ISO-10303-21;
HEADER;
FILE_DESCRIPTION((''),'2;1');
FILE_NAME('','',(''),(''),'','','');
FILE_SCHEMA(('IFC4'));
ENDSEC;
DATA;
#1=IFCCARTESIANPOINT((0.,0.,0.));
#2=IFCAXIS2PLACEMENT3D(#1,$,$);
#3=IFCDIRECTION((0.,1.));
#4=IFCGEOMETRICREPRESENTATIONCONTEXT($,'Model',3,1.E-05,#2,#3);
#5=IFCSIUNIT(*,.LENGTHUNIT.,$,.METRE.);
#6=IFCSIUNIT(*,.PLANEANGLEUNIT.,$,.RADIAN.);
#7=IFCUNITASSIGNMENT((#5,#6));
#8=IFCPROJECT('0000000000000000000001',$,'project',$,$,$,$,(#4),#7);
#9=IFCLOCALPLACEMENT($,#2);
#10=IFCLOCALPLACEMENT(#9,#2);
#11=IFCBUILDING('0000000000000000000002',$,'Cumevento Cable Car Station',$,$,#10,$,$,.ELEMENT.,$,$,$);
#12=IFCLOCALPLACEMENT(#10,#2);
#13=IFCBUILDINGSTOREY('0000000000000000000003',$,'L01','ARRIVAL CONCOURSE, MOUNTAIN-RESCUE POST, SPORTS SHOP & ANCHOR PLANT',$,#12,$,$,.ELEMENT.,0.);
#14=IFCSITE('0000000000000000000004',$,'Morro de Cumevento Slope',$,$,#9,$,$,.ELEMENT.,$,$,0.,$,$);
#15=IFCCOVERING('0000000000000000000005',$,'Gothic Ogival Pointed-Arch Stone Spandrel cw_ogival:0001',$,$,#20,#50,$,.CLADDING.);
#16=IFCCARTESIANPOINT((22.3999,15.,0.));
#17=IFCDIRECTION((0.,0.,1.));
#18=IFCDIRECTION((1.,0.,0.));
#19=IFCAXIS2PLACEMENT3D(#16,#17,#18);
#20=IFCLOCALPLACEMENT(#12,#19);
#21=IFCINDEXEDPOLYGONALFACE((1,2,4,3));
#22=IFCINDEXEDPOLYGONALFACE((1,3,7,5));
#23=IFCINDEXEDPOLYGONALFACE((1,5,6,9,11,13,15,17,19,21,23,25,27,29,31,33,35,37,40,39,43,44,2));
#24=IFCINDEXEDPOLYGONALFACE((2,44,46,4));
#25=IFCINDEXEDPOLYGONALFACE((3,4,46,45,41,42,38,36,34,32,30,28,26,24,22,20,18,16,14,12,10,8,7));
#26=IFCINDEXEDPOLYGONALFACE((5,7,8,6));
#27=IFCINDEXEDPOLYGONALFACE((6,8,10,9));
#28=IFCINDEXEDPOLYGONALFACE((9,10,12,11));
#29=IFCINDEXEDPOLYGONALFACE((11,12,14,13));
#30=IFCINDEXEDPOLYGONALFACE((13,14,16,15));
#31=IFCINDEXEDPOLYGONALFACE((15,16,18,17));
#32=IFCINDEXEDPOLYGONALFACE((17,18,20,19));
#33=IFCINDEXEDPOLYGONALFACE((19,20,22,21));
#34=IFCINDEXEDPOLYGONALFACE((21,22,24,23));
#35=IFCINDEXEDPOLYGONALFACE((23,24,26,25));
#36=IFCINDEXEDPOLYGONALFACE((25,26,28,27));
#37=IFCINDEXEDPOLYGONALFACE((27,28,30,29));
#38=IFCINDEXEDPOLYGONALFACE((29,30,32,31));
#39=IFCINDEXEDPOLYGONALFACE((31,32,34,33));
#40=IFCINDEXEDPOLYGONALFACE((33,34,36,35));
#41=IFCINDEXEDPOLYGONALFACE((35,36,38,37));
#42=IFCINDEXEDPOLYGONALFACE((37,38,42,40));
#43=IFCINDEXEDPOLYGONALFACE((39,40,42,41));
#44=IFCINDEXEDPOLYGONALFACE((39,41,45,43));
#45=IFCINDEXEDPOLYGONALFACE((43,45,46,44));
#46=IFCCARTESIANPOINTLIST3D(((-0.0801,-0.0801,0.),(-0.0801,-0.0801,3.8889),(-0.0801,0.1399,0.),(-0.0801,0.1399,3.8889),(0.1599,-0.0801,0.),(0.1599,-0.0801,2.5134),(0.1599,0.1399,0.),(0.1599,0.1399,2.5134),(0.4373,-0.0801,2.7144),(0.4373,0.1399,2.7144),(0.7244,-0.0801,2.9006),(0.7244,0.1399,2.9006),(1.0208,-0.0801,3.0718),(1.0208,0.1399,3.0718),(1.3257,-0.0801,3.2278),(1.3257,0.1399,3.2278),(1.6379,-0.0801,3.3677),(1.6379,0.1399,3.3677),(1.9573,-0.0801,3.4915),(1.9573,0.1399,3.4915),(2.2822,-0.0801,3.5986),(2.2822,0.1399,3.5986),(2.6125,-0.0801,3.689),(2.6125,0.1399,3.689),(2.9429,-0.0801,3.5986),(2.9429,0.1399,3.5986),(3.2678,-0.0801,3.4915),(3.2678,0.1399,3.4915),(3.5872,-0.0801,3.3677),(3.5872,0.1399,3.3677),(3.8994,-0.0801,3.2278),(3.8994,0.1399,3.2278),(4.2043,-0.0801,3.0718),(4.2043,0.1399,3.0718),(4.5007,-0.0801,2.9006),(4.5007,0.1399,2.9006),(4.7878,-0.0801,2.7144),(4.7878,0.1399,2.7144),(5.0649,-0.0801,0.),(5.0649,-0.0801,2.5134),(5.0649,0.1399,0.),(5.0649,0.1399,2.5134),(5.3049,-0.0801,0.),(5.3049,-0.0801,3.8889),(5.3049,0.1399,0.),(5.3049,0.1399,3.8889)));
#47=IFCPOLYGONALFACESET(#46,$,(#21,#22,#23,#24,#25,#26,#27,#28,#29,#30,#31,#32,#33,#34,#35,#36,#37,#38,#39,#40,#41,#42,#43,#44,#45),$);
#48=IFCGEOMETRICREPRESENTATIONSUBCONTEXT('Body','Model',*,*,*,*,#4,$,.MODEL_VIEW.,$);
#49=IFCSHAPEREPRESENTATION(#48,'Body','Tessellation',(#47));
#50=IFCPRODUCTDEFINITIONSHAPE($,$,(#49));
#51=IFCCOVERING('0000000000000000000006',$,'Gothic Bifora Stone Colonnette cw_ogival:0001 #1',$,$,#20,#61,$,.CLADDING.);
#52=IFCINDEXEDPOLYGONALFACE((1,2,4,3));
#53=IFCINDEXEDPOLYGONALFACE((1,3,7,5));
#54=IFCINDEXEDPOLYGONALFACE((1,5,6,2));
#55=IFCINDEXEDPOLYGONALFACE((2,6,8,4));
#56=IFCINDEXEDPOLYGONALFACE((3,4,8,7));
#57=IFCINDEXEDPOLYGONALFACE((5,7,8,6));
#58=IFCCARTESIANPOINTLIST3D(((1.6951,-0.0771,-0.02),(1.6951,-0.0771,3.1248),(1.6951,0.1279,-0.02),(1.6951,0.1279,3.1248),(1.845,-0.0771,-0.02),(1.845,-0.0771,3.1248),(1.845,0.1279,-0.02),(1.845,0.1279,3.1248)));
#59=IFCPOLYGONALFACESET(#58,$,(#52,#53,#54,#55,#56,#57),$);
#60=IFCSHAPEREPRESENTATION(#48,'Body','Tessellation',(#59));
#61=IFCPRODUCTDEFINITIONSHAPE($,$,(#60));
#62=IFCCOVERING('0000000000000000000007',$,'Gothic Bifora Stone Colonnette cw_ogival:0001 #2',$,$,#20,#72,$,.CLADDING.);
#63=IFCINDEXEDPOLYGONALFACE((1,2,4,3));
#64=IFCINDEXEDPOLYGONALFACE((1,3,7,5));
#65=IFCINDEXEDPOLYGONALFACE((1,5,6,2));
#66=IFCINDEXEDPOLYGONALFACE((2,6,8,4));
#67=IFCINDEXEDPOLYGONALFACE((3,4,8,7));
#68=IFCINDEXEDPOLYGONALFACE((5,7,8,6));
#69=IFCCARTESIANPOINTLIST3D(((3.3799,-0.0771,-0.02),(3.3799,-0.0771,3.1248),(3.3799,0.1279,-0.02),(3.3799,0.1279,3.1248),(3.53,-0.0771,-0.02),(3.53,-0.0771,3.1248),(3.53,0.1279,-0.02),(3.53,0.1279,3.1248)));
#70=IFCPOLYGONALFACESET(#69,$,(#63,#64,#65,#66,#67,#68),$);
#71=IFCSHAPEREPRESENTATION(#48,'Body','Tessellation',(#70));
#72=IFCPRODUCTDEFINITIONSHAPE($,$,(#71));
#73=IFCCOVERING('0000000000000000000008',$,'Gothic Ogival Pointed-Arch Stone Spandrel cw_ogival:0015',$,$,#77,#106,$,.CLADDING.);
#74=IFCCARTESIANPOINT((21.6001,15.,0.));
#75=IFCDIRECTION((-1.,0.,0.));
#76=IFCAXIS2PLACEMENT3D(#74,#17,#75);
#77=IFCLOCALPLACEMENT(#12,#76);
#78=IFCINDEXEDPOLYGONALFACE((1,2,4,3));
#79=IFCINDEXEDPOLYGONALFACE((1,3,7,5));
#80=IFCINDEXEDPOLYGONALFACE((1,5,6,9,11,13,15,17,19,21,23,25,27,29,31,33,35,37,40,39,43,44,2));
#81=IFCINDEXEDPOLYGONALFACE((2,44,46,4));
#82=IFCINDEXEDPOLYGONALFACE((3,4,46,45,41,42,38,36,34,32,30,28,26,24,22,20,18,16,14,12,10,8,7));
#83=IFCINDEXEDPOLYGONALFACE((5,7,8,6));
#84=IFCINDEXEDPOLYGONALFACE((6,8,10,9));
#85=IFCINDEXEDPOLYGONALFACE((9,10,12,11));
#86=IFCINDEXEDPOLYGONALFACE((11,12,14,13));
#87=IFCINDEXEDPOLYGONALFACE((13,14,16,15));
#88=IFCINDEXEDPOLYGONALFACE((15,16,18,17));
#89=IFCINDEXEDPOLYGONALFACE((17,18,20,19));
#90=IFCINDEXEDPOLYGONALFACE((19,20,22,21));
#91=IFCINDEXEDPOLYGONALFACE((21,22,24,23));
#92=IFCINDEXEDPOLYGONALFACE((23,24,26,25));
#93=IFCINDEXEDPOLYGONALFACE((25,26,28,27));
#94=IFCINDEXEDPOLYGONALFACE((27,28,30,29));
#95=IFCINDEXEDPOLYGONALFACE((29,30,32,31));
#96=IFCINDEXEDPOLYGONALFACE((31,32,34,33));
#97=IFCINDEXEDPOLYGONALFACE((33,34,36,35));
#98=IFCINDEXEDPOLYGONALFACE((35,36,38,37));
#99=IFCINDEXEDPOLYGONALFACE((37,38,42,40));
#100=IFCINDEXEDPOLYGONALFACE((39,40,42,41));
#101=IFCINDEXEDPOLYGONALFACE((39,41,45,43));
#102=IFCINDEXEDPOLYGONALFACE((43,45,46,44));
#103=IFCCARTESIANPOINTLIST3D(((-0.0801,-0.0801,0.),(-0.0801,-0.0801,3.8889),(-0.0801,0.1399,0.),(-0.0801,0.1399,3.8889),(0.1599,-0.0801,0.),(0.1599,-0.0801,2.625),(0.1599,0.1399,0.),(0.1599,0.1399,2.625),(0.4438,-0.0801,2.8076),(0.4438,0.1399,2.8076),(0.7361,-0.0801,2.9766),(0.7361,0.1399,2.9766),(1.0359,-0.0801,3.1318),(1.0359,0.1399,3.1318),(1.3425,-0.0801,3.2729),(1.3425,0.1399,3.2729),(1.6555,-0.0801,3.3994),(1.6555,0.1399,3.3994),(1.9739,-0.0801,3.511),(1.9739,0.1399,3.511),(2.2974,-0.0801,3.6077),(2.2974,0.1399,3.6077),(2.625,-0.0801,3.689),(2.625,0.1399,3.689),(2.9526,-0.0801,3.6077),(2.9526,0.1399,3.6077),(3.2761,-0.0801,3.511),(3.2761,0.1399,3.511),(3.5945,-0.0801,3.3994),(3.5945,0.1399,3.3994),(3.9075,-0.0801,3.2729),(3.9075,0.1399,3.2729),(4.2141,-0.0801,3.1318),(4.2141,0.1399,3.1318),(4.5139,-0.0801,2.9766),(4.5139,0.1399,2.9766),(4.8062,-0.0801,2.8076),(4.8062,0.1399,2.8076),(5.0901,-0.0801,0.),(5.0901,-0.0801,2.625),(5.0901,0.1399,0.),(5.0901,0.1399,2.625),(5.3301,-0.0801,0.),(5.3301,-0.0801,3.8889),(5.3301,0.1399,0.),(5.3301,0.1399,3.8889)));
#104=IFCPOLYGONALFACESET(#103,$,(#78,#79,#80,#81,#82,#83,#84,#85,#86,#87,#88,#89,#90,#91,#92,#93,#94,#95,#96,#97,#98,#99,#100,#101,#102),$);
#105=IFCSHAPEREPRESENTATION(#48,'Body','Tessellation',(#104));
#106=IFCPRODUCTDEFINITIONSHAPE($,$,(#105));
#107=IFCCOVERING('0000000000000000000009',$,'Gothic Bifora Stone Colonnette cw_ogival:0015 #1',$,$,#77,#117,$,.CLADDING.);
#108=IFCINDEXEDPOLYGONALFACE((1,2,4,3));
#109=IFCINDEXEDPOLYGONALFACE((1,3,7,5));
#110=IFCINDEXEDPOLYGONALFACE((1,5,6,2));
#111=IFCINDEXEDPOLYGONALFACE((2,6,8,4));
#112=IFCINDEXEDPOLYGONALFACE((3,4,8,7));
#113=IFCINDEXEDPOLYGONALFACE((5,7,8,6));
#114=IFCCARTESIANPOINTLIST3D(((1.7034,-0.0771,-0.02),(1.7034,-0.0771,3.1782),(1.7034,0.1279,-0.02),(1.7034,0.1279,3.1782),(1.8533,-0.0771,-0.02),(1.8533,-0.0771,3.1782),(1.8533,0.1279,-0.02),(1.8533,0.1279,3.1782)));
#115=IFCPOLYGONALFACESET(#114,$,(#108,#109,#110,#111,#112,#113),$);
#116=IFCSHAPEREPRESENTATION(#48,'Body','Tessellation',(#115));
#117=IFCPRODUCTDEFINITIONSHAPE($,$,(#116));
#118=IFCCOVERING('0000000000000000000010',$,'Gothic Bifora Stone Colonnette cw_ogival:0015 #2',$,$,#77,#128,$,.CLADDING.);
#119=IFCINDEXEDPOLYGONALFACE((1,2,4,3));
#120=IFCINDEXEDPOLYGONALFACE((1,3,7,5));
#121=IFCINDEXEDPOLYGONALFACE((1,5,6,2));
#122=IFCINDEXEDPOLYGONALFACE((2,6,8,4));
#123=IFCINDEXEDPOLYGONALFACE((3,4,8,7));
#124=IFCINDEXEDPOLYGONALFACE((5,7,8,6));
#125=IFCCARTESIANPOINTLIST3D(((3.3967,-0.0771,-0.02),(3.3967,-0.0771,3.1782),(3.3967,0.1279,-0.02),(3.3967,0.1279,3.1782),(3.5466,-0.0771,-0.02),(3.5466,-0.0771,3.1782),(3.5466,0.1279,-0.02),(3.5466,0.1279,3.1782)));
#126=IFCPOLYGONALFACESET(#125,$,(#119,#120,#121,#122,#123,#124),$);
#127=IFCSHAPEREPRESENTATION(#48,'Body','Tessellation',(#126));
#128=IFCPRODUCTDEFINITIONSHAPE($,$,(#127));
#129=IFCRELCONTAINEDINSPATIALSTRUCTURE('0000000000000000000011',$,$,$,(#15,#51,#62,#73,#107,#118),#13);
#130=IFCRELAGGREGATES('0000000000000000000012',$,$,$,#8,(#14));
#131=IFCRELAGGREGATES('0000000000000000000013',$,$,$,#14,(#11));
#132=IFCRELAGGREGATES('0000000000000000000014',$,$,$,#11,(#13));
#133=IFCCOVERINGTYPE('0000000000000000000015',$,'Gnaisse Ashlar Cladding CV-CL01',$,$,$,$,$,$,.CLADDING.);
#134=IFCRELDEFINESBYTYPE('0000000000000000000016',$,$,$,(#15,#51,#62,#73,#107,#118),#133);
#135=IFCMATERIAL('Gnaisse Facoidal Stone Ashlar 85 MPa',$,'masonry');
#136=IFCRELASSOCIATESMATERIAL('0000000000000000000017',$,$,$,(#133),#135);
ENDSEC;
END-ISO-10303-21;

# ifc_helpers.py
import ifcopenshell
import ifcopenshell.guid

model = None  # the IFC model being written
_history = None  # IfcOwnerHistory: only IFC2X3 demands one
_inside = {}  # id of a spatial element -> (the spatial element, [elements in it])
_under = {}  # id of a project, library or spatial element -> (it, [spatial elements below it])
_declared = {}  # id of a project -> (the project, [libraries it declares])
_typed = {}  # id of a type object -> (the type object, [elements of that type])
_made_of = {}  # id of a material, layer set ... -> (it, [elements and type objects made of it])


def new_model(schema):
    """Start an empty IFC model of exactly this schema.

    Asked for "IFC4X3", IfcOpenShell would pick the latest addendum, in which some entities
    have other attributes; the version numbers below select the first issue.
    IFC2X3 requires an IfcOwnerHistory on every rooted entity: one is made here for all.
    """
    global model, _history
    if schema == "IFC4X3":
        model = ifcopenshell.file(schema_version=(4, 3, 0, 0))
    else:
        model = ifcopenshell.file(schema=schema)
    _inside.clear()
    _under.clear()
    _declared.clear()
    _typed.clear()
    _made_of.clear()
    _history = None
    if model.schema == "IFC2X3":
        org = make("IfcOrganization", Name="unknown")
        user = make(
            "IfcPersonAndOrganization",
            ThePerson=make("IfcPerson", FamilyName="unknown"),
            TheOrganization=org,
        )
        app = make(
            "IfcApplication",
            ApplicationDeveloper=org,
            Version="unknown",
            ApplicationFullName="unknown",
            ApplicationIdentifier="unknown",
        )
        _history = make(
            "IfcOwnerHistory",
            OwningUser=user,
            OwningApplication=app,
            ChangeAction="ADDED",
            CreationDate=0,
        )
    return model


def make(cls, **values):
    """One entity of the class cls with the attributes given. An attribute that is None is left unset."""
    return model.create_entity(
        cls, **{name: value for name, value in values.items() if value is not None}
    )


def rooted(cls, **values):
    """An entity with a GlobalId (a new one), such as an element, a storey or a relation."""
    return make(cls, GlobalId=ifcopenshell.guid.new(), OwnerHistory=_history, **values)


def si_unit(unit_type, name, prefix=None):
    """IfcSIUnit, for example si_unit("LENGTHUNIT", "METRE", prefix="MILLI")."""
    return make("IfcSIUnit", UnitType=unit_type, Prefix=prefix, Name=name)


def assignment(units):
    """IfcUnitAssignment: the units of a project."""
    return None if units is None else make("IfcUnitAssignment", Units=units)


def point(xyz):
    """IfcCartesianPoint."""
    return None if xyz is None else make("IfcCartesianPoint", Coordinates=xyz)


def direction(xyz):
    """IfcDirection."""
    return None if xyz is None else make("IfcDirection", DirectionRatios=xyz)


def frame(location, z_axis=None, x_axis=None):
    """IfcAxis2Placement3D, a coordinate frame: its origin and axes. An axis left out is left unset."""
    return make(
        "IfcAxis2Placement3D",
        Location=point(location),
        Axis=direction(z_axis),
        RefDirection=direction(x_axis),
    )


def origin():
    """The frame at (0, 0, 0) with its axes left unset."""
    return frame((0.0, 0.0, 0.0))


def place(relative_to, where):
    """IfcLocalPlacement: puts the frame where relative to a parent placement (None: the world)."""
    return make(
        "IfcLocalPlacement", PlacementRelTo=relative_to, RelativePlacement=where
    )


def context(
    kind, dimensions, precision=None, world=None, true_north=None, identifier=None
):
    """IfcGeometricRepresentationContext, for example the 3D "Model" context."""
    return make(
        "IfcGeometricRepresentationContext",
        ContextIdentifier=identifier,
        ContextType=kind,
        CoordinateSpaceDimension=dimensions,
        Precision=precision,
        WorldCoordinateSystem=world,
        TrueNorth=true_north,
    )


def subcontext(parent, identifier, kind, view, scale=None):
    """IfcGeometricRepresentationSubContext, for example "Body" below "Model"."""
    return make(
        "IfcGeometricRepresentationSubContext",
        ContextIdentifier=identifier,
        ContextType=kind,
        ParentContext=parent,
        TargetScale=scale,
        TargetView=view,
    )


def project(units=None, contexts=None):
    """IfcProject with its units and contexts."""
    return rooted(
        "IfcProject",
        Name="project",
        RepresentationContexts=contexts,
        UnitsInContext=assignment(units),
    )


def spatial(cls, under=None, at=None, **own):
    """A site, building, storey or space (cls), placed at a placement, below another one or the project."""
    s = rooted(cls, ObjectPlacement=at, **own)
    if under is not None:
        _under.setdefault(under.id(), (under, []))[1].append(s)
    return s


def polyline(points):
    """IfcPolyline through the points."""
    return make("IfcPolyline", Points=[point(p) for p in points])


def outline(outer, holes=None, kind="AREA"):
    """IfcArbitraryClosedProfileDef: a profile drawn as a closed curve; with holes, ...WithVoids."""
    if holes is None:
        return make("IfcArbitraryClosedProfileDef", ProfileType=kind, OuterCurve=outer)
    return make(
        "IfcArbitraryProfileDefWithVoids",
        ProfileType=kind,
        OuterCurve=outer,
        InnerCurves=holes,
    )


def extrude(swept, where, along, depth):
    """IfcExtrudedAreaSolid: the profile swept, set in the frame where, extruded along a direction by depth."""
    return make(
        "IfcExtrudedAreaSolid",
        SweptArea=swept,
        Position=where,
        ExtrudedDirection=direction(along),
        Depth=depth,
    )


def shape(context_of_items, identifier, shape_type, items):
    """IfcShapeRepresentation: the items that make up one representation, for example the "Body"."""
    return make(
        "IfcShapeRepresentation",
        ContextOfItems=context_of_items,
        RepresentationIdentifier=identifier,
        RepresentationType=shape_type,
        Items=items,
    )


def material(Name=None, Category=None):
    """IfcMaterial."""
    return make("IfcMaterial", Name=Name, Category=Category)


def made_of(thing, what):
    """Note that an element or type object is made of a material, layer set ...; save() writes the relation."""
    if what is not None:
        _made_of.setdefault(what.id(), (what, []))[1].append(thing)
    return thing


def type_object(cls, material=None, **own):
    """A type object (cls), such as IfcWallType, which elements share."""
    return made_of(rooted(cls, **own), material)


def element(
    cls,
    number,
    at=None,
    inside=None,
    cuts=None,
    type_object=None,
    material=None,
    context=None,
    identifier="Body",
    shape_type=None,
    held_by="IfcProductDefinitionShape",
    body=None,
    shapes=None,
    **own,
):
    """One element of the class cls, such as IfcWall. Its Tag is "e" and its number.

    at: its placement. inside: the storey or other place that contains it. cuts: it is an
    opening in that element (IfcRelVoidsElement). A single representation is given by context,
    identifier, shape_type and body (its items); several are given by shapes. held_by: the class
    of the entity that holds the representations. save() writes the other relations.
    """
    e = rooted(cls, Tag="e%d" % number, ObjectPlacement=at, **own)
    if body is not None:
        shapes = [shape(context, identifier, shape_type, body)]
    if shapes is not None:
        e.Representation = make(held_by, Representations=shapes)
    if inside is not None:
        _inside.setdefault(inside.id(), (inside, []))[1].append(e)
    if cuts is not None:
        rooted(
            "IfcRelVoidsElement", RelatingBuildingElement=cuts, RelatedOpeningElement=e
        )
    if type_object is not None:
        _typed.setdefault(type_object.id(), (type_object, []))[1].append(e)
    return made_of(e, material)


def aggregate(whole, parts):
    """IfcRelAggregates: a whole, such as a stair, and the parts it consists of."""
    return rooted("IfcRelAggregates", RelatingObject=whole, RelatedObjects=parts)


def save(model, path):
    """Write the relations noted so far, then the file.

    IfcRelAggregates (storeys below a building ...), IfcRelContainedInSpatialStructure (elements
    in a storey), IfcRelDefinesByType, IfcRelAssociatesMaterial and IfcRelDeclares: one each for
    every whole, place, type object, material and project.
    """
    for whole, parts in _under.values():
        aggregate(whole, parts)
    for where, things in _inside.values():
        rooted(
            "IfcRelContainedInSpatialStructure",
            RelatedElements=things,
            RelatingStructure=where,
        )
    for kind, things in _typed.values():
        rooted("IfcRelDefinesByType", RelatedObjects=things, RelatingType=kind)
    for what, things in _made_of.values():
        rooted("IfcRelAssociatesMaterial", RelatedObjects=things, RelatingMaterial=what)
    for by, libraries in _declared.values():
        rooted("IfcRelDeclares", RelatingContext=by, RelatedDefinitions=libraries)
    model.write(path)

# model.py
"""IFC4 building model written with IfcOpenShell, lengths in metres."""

from ifc_helpers import new_model, si_unit, direction, frame, origin, place, context, subcontext, project, spatial, polyline, outline, extrude, material, type_object, element, save


model = new_model("IFC4")

# Units and contexts
model_context = context("Model", 3, precision=1e-05, world=origin(), true_north=direction((0.0, 1.0)))
body_context = subcontext(model_context, "Body", "Model", "MODEL_VIEW")
ifc_project = project(units=[si_unit("LENGTHUNIT", "METRE"), si_unit("PLANEANGLEUNIT", "RADIAN")], contexts=[model_context])

# Site, building, storey
site_placement = place(None, origin())
site = spatial("IfcSite", under=ifc_project, at=site_placement, Name="Morro de Cumevento Slope", CompositionType="ELEMENT", RefElevation=0.0)
building_placement = place(site_placement, origin())
building = spatial("IfcBuilding", under=site, at=building_placement, Name="Cumevento Cable Car Station", CompositionType="ELEMENT")
storey_placement = place(building_placement, origin())
storey = spatial("IfcBuildingStorey", under=building, at=storey_placement, Name="L01", Description="ARRIVAL CONCOURSE, MOUNTAIN-RESCUE POST, SPORTS SHOP & ANCHOR PLANT", CompositionType="ELEMENT", Elevation=0.0)

# Coverings
ifc_material_1 = material(Name="Gnaisse Facoidal Stone Ashlar 85 MPa", Category="masonry")
covering_type = type_object("IfcCoveringType", Name="Gnaisse Ashlar Cladding CV-CL01", PredefinedType="CLADDING", material=ifc_material_1)
placement_1 = place(storey_placement, frame((22.3999, 15.0, 0.0), z_axis=(0.0, 0.0, 1.0), x_axis=(1.0, 0.0, 0.0)))
element("IfcCovering", 1, at=placement_1, inside=storey, type_object=covering_type, Name="Gothic Ogival Pointed-Arch Stone Spandrel cw_ogival:0001", PredefinedType="CLADDING", context=body_context, shape_type="SweptSolid", body=[
    extrude(outline(polyline([(-0.0801, 0.0), (-0.0801, 3.8889), (5.3049, 3.8889), (5.3049, 0.0), (5.0649, 0.0), (5.0649, 2.5134), (4.7878, 2.7144), (4.5007, 2.9006), (4.2043, 3.0718), (3.8994, 3.2278), (3.5872, 3.3677), (3.2678, 3.4915), (2.9429, 3.5986), (2.6125, 3.689), (2.2822, 3.5986), (1.9573, 3.4915), (1.6379, 3.3677), (1.3257, 3.2278), (1.0208, 3.0718), (0.7244, 2.9006), (0.4373, 2.7144), (0.1599, 2.5134), (0.1599, 0.0), (-0.0801, 0.0)])), frame((0.0, 0.1399, 0.0), z_axis=(0.0, -1.0, 0.0), x_axis=(1.0, 0.0, 0.0)), (0.0, 0.0, 1.0), 0.22),
])
element("IfcCovering", 2, at=placement_1, inside=storey, type_object=covering_type, Name="Gothic Bifora Stone Colonnette cw_ogival:0001 #1", PredefinedType="CLADDING", context=body_context, shape_type="SweptSolid", body=[
    extrude(outline(polyline([(1.6951, -0.02), (1.845, -0.02), (1.845, 3.1248), (1.6951, 3.1248), (1.6951, -0.02)])), frame((0.0, 0.1279, 0.0), z_axis=(0.0, -1.0, 0.0), x_axis=(1.0, 0.0, 0.0)), (0.0, 0.0, 1.0), 0.2051),
])
element("IfcCovering", 3, at=placement_1, inside=storey, type_object=covering_type, Name="Gothic Bifora Stone Colonnette cw_ogival:0001 #2", PredefinedType="CLADDING", context=body_context, shape_type="SweptSolid", body=[
    extrude(outline(polyline([(3.3799, -0.02), (3.53, -0.02), (3.53, 3.1248), (3.3799, 3.1248), (3.3799, -0.02)])), frame((0.0, 0.1279, 0.0), z_axis=(0.0, -1.0, 0.0), x_axis=(1.0, 0.0, 0.0)), (0.0, 0.0, 1.0), 0.2051),
])
placement_2 = place(storey_placement, frame((21.6001, 15.0, 0.0), z_axis=(0.0, 0.0, 1.0), x_axis=(-1.0, 0.0, 0.0)))
element("IfcCovering", 4, at=placement_2, inside=storey, type_object=covering_type, Name="Gothic Ogival Pointed-Arch Stone Spandrel cw_ogival:0015", PredefinedType="CLADDING", context=body_context, shape_type="SweptSolid", body=[
    extrude(outline(polyline([(-0.0801, 0.0), (-0.0801, 3.8889), (5.3301, 3.8889), (5.3301, 0.0), (5.0901, 0.0), (5.0901, 2.625), (4.8062, 2.8076), (4.5139, 2.9766), (4.2141, 3.1318), (3.9075, 3.2729), (3.5945, 3.3994), (3.2761, 3.511), (2.9526, 3.6077), (2.625, 3.689), (2.2974, 3.6077), (1.9739, 3.511), (1.6555, 3.3994), (1.3425, 3.2729), (1.0359, 3.1318), (0.7361, 2.9766), (0.4438, 2.8076), (0.1599, 2.625), (0.1599, 0.0), (-0.0801, 0.0)])), frame((0.0, 0.1399, 0.0), z_axis=(0.0, -1.0, 0.0), x_axis=(1.0, 0.0, 0.0)), (0.0, 0.0, 1.0), 0.22),
])
element("IfcCovering", 5, at=placement_2, inside=storey, type_object=covering_type, Name="Gothic Bifora Stone Colonnette cw_ogival:0015 #1", PredefinedType="CLADDING", context=body_context, shape_type="SweptSolid", body=[
    extrude(outline(polyline([(1.7034, -0.02), (1.8533, -0.02), (1.8533, 3.1782), (1.7034, 3.1782), (1.7034, -0.02)])), frame((0.0, 0.1279, 0.0), z_axis=(0.0, -1.0, 0.0), x_axis=(1.0, 0.0, 0.0)), (0.0, 0.0, 1.0), 0.2051),
])
element("IfcCovering", 6, at=placement_2, inside=storey, type_object=covering_type, Name="Gothic Bifora Stone Colonnette cw_ogival:0015 #2", PredefinedType="CLADDING", context=body_context, shape_type="SweptSolid", body=[
    extrude(outline(polyline([(3.3967, -0.02), (3.5466, -0.02), (3.5466, 3.1782), (3.3967, 3.1782), (3.3967, -0.02)])), frame((0.0, 0.1279, 0.0), z_axis=(0.0, -1.0, 0.0), x_axis=(1.0, 0.0, 0.0)), (0.0, 0.0, 1.0), 0.2051),
])

save(model, "model.ifc")
